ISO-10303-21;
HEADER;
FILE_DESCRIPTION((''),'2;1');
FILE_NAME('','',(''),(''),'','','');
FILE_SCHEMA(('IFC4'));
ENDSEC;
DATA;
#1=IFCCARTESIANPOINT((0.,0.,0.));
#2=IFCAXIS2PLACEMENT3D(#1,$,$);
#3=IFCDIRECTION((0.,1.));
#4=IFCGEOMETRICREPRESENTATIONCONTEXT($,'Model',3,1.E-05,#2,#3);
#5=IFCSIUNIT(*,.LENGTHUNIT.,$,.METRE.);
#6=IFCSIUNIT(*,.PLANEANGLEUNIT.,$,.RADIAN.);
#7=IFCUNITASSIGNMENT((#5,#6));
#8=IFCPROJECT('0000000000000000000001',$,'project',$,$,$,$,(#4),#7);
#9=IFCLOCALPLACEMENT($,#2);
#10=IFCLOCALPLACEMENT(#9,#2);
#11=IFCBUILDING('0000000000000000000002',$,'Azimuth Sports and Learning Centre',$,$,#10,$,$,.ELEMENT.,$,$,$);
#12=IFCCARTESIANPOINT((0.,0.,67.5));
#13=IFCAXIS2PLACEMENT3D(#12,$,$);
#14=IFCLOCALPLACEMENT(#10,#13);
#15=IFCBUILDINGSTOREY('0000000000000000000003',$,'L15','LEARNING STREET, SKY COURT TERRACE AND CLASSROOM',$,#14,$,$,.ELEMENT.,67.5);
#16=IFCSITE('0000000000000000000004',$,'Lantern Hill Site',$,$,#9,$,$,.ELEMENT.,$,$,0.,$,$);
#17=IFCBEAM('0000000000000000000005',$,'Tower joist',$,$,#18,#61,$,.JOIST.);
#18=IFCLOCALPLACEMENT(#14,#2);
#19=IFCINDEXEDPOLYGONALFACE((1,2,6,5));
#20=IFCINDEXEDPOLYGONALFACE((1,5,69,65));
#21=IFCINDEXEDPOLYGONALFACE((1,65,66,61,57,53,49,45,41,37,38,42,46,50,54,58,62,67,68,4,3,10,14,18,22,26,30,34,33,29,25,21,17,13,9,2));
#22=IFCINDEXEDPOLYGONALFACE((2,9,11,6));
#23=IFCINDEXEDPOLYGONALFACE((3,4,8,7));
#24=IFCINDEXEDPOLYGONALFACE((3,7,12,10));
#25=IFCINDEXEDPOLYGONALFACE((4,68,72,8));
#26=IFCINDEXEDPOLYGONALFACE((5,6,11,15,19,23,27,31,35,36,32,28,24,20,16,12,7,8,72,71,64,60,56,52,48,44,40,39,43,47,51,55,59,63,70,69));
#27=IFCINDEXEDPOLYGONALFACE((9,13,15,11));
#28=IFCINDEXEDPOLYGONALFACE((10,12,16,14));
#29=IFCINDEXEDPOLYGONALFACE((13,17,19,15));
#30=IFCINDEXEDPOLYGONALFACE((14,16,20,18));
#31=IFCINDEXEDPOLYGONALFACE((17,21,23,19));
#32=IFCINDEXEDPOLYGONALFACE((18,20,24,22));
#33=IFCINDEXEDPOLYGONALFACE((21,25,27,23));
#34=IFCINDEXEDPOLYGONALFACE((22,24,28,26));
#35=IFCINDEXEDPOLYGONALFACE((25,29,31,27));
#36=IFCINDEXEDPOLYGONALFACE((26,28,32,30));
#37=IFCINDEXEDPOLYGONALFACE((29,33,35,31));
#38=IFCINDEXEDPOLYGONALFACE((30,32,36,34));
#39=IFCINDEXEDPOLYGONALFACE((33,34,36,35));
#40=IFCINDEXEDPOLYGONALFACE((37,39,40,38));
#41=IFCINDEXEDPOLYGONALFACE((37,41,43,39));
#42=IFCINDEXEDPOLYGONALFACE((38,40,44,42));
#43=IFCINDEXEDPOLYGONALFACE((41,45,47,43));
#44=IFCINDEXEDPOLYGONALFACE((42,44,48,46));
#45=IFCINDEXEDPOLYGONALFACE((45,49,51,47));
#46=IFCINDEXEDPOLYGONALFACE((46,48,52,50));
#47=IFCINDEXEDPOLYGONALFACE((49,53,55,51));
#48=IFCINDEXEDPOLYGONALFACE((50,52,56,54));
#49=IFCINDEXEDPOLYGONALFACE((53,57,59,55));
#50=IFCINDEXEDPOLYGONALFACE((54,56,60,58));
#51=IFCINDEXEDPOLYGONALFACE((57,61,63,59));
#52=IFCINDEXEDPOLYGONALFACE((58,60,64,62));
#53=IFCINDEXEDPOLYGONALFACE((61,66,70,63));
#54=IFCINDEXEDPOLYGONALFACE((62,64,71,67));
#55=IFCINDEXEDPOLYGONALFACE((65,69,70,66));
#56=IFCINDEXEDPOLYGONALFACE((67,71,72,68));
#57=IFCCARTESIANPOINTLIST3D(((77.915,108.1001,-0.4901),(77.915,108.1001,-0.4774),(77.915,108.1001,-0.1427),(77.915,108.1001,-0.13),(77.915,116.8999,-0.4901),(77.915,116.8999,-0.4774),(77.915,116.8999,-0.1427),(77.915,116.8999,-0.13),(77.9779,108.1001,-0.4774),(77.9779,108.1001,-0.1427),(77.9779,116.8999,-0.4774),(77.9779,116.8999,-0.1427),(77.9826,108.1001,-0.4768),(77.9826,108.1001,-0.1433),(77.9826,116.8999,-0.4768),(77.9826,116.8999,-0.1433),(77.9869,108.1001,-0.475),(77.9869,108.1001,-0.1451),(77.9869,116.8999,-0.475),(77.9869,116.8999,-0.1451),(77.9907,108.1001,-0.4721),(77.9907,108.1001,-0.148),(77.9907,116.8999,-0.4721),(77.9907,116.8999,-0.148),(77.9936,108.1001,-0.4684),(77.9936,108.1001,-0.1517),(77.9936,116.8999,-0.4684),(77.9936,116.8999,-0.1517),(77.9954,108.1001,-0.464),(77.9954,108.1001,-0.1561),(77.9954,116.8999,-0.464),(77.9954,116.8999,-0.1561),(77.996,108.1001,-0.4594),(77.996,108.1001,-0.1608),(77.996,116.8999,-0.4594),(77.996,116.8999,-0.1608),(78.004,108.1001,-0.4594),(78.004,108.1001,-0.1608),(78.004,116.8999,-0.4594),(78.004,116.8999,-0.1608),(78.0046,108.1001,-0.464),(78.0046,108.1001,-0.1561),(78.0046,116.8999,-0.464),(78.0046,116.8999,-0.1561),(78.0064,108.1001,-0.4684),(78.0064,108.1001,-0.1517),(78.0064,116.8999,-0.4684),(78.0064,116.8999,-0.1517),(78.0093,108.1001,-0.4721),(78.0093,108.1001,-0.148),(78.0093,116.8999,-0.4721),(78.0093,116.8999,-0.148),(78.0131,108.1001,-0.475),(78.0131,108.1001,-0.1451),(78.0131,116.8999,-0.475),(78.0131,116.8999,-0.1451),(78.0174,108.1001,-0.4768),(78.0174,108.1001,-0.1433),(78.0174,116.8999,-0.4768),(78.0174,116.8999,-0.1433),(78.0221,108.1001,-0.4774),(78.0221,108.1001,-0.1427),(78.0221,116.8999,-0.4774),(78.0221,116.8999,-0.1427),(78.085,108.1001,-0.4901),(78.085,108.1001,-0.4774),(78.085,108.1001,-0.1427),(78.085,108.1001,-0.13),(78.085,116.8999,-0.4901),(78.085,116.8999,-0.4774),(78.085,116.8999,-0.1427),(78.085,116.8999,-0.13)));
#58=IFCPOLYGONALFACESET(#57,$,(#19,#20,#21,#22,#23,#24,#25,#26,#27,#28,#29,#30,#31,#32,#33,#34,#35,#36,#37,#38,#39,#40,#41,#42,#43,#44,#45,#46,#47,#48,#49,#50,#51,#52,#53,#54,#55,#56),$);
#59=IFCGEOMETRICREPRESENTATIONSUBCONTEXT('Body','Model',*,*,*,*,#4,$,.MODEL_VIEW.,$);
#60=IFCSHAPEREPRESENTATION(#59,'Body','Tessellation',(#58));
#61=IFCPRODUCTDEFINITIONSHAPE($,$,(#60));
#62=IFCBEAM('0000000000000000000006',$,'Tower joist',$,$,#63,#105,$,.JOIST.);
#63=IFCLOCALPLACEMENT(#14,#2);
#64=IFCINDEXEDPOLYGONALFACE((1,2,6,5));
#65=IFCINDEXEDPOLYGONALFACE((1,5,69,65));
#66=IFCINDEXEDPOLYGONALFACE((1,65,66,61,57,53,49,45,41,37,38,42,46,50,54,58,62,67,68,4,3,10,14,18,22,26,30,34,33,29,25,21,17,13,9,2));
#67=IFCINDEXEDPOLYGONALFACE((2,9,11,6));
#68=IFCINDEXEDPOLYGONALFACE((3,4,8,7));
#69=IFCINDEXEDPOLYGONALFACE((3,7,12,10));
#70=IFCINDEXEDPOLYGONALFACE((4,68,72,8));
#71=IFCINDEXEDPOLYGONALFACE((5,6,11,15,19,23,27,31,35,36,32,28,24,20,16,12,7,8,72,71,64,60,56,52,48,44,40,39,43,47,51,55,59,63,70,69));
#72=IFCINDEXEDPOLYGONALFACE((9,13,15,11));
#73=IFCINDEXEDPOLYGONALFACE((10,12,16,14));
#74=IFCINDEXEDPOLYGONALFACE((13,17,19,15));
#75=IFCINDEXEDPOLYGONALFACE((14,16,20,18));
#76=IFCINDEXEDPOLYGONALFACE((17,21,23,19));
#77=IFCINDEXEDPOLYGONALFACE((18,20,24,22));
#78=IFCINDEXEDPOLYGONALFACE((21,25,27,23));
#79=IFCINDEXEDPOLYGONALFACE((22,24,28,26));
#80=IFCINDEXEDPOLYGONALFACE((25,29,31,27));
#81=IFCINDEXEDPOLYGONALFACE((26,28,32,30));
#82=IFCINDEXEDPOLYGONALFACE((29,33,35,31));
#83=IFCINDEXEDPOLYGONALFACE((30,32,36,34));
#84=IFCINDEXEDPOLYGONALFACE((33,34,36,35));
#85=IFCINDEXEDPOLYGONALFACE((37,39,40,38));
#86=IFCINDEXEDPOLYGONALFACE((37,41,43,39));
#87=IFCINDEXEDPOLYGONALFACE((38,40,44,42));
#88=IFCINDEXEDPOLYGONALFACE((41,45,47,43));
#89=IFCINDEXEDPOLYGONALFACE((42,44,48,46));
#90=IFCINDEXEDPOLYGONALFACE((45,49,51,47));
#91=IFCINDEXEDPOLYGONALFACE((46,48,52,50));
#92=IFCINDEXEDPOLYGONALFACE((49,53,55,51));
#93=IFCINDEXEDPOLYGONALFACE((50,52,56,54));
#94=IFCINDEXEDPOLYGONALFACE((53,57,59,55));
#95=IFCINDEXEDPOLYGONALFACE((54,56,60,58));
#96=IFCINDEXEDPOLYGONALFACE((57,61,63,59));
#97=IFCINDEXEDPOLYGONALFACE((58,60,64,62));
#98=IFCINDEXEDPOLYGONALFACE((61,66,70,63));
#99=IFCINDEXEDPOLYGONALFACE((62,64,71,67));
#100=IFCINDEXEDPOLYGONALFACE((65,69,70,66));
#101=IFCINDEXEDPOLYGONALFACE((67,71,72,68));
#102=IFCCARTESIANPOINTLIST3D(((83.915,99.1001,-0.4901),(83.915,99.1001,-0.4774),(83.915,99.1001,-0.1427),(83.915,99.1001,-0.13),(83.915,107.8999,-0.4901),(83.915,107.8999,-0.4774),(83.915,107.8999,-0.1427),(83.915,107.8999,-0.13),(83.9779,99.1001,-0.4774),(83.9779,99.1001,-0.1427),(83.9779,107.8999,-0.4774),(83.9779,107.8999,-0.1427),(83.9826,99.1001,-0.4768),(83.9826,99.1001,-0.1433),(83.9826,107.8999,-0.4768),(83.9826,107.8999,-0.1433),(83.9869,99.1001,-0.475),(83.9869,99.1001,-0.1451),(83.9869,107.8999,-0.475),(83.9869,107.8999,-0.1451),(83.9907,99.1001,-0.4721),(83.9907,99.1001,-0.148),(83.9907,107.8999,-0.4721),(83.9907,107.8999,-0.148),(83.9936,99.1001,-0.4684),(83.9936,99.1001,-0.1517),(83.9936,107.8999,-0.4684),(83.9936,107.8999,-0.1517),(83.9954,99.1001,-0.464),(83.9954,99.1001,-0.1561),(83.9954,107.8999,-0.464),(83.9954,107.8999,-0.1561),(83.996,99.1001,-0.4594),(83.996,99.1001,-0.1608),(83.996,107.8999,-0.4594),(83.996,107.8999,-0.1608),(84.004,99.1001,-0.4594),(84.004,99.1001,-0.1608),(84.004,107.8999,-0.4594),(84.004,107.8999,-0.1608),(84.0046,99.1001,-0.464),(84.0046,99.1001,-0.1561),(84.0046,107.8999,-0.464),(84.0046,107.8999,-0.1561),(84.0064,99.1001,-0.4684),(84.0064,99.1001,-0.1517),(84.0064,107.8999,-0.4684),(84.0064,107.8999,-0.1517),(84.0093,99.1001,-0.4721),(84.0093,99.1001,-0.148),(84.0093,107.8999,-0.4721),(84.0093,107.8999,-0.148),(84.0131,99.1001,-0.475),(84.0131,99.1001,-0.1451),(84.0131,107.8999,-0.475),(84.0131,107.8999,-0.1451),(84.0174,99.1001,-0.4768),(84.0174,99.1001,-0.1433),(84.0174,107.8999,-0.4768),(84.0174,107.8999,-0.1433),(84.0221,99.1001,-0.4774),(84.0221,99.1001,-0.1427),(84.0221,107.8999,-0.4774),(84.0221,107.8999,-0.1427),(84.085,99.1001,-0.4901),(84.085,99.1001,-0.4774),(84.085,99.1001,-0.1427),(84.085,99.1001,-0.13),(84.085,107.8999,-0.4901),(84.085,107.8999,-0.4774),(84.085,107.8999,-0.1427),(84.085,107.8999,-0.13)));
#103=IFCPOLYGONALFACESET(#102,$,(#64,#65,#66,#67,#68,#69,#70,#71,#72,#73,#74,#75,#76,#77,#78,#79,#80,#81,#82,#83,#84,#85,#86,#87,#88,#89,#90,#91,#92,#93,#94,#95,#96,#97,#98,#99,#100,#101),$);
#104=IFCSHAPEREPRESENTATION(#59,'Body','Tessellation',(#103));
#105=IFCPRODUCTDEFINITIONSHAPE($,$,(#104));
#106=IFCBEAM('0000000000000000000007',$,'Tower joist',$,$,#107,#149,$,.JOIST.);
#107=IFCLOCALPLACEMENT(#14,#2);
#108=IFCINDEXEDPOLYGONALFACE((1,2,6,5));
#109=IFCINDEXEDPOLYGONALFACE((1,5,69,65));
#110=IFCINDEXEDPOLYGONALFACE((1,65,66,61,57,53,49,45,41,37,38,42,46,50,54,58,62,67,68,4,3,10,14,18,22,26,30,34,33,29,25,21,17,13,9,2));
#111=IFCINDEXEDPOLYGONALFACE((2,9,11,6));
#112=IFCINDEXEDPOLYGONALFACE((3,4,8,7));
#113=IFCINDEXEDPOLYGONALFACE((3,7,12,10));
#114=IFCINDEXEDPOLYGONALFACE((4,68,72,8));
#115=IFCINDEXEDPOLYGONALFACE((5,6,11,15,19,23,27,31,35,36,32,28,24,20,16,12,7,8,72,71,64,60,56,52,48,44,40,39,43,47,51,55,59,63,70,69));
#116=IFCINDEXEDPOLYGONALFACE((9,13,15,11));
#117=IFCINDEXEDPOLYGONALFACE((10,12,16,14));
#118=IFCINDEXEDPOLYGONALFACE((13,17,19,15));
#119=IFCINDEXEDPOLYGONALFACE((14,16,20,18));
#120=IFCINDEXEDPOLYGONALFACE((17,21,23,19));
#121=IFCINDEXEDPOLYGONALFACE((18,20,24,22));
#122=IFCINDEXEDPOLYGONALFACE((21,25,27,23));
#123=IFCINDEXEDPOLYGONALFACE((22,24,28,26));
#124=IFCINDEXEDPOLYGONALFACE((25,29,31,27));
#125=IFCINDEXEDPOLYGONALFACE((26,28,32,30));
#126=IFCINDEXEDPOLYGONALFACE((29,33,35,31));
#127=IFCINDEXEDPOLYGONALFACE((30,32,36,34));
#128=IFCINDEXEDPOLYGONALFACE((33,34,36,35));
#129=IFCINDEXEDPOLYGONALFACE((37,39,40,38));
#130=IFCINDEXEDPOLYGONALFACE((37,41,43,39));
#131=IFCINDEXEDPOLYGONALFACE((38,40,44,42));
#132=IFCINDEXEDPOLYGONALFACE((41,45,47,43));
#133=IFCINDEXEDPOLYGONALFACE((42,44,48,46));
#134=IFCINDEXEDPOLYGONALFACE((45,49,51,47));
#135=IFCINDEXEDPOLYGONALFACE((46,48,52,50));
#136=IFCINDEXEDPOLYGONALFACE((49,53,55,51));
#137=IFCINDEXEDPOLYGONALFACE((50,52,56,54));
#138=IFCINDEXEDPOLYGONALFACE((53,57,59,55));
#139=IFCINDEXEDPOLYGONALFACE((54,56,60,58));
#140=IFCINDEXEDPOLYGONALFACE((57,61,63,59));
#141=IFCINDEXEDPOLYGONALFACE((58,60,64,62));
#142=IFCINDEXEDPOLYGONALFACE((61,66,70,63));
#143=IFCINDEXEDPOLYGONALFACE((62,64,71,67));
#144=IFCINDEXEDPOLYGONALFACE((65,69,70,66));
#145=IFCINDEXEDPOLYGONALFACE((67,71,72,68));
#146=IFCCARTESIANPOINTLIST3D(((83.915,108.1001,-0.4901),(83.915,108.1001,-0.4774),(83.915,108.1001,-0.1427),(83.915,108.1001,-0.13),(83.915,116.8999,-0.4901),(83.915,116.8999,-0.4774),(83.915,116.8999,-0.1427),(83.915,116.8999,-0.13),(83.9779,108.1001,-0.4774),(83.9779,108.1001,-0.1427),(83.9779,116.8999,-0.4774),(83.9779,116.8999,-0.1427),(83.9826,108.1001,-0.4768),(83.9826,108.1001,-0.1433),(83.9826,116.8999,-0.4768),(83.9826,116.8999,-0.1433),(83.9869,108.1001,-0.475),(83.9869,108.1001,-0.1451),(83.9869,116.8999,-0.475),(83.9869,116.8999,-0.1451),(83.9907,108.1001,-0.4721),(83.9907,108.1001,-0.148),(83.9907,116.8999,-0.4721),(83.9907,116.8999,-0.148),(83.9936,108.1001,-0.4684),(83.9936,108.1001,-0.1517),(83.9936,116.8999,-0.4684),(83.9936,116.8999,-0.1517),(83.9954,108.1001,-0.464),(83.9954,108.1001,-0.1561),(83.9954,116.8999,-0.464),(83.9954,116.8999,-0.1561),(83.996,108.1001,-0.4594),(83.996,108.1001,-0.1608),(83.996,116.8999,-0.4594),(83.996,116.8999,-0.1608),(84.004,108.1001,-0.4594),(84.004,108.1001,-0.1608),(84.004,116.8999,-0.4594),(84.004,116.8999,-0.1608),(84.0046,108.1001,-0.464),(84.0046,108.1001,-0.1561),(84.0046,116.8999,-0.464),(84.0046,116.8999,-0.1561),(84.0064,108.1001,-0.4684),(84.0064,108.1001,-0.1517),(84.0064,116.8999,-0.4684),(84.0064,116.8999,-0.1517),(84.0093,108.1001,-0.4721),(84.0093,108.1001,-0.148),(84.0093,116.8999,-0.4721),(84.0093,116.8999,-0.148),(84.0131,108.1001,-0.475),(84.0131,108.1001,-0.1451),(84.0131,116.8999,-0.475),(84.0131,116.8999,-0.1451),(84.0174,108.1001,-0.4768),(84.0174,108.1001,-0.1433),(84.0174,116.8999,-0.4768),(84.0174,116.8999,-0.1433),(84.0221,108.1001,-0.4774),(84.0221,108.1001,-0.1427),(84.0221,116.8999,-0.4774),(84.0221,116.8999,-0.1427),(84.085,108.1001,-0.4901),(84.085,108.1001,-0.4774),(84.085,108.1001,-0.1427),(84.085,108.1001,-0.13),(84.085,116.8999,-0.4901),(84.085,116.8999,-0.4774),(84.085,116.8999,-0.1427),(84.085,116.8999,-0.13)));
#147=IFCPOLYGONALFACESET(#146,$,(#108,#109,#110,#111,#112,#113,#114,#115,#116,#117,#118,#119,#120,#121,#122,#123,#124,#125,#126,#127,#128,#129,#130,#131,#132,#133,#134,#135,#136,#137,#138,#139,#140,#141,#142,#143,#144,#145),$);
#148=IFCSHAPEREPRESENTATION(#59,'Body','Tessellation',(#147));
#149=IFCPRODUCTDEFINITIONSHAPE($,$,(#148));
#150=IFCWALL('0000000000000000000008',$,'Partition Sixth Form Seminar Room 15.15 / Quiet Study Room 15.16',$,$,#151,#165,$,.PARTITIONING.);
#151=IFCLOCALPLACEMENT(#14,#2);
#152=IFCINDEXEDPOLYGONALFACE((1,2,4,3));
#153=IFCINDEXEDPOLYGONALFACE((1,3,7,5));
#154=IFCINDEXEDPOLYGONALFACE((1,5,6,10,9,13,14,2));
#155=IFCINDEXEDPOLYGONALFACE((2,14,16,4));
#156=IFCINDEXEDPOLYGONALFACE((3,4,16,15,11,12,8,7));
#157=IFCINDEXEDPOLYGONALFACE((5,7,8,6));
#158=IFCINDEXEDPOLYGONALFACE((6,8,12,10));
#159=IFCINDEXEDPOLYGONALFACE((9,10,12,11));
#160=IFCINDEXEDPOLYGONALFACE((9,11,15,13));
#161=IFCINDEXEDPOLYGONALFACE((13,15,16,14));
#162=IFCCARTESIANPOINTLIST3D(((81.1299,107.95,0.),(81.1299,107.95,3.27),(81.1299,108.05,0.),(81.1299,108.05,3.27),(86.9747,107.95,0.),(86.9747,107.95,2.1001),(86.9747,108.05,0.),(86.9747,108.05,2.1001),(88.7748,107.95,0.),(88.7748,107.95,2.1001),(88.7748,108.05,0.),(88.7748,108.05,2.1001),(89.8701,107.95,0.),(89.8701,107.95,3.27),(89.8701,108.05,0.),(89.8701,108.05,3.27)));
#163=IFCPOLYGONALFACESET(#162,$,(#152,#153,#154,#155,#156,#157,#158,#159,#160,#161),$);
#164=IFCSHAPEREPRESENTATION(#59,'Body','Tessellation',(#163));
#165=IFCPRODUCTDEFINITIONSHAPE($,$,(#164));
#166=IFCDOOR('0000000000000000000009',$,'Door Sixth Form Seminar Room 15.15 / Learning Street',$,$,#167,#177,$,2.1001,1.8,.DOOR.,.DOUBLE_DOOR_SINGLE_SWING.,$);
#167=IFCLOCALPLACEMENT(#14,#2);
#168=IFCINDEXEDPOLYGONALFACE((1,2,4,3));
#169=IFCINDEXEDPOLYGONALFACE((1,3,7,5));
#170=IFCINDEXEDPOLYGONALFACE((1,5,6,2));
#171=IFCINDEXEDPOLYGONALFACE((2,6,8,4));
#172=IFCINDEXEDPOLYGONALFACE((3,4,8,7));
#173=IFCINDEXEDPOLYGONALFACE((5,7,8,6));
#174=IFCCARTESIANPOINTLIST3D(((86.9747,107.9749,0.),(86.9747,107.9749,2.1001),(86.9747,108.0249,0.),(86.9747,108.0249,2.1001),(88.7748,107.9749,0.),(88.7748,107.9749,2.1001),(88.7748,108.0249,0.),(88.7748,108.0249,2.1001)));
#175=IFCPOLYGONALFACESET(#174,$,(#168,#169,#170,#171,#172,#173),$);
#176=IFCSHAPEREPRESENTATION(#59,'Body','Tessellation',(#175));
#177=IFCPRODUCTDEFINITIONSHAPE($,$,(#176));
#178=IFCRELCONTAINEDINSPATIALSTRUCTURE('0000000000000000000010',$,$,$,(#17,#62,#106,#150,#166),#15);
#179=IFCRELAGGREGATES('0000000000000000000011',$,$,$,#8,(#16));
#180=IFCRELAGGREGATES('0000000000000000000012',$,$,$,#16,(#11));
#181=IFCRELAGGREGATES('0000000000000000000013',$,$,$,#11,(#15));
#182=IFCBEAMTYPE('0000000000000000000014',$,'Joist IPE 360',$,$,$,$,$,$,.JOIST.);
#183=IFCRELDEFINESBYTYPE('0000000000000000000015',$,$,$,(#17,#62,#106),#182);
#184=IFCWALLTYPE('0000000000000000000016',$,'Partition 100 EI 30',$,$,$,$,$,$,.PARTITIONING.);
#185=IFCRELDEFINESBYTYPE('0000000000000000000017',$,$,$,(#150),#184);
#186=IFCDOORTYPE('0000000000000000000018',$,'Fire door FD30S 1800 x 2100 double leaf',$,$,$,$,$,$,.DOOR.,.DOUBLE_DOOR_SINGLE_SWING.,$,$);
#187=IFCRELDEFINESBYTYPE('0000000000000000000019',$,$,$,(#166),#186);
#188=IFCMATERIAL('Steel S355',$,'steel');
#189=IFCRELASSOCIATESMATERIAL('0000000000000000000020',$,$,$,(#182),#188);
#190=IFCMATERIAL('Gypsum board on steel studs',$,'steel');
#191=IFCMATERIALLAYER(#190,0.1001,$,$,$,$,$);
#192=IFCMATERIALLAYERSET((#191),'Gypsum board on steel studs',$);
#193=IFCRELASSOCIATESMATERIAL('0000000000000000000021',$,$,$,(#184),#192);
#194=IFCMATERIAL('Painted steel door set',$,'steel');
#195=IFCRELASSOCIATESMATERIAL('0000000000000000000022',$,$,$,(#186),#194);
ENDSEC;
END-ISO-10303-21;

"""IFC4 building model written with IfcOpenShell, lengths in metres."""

from ifc_helpers import new_model, si_unit, direction, frame, frame_2d, origin, origin_2d, place, context, subcontext, project, spatial, rectangle, i_section, extrude, material, layer, layer_set, material_profile, profile_set, type_object, element, fill, save


model = new_model("IFC4")

# Units and contexts
model_context = context("Model", 3, precision=1e-05, world=origin(), true_north=direction((0.0, 1.0)))
body_context = subcontext(model_context, "Body", "Model", "MODEL_VIEW")
ifc_project = project(units=[si_unit("LENGTHUNIT", "METRE"), si_unit("PLANEANGLEUNIT", "RADIAN")], contexts=[model_context])

# Site, building, storey
site_placement = place(None, origin())
site = spatial("IfcSite", under=ifc_project, at=site_placement, Name="Lantern Hill Site", CompositionType="ELEMENT", RefElevation=0.0)
building_placement = place(site_placement, origin())
building = spatial("IfcBuilding", under=site, at=building_placement, Name="Azimuth Sports and Learning Centre", CompositionType="ELEMENT")
storey_placement = place(building_placement, frame((0.0, 0.0, 67.5)))
storey = spatial("IfcBuildingStorey", under=building, at=storey_placement, Name="L15", Description="LEARNING STREET, SKY COURT TERRACE AND CLASSROOM", CompositionType="ELEMENT", Elevation=67.5)

# Beams
ifc_material_1 = material(Name="Steel S355", Category="steel")
ifc_material_profile_1 = material_profile(ifc_material_1, i_section(OverallWidth=0.1699, OverallDepth=0.3601, WebThickness=0.0081, FlangeThickness=0.0127, FilletRadius=0.0181, at=origin_2d()), Name="IPE 360")
ifc_profile_set_1 = profile_set([ifc_material_profile_1], Name="Steel S355")
beam_type_1 = type_object("IfcBeamType", Name="Joist IPE 360", PredefinedType="JOIST", material=ifc_profile_set_1)
for number, where, z_axis, x_axis, name in (
    (1, (78.0, 108.1001, -0.3101), (0.0, 1.0, 0.0), (-1.0, 0.0, 0.0), "Tower joist"),
    (2, (84.0, 99.1001, -0.3101), (0.0, 1.0, 0.0), (-1.0, 0.0, 0.0), "Tower joist"),
    (3, (84.0, 108.1001, -0.3101), (0.0, 1.0, 0.0), (-1.0, 0.0, 0.0), "Tower joist"),
):
    element("IfcBeam", number, at=place(storey_placement, frame(where, z_axis=z_axis, x_axis=x_axis)), inside=storey, type_object=beam_type_1, Name=name, PredefinedType="JOIST", context=body_context, shape_type="SweptSolid", body=[
        extrude(i_section(OverallWidth=0.1699, OverallDepth=0.3601, WebThickness=0.0081, FlangeThickness=0.0127, FilletRadius=0.0181, at=origin_2d()), origin(), (0.0, 0.0, 1.0), 8.7998),
    ])

# Wall, opening, door
ifc_material_2 = material(Name="Gypsum board on steel studs", Category="steel")
ifc_layer_1 = layer(ifc_material_2, 0.1001)
ifc_layer_set_1 = layer_set([ifc_layer_1], Name="Gypsum board on steel studs")
wall_type_1 = type_object("IfcWallType", Name="Partition 100 EI 30", PredefinedType="PARTITIONING", material=ifc_layer_set_1)
wall_1_placement = place(storey_placement, frame((81.1299, 108.0, 0.0), z_axis=(0.0, 0.0, 1.0), x_axis=(1.0, 0.0, 0.0)))
wall_1 = element("IfcWall", 4, at=wall_1_placement, inside=storey, type_object=wall_type_1, Name="Partition Sixth Form Seminar Room 15.15 / Quiet Study Room 15.16", PredefinedType="PARTITIONING", context=body_context, shape_type="SweptSolid", body=[
    extrude(rectangle(XDim=8.7402, YDim=0.1001, at=frame_2d((4.3701, 0.0))), origin(), (0.0, 0.0, 1.0), 3.27),
])
opening_1_placement = place(wall_1_placement, frame((5.845, 0.0, 0.0)))
opening_1 = element("IfcOpeningElement", 5, at=opening_1_placement, cuts=wall_1, PredefinedType="OPENING", context=body_context, shape_type="SweptSolid", body=[
    extrude(rectangle(XDim=1.8, YDim=2.1001, at=frame_2d((0.8999, 1.05))), frame((0.0, 0.061, 0.0), z_axis=(0.0, -1.0, 0.0), x_axis=(1.0, 0.0, 0.0)), (0.0, 0.0, 1.0), 0.1221),
])
ifc_material_3 = material(Name="Painted steel door set", Category="steel")
door_type_1 = type_object("IfcDoorType", Name="Fire door FD30S 1800 x 2100 double leaf", OperationType="DOUBLE_DOOR_SINGLE_SWING", PredefinedType="DOOR", material=ifc_material_3)
door_1_placement = place(opening_1_placement, origin())
door_1 = element("IfcDoor", 6, at=door_1_placement, inside=storey, type_object=door_type_1, Name="Door Sixth Form Seminar Room 15.15 / Learning Street", OperationType="DOUBLE_DOOR_SINGLE_SWING", OverallHeight=2.1001, OverallWidth=1.8, PredefinedType="DOOR", context=body_context, shape_type="SweptSolid", body=[
    extrude(rectangle(XDim=1.8, YDim=2.1001, at=frame_2d((0.8999, 1.05))), frame((0.0, 0.0249, 0.0), z_axis=(0.0, -1.0, 0.0), x_axis=(1.0, 0.0, 0.0)), (0.0, 0.0, 1.0), 0.05),
])
fill(opening_1, door_1)

save(model, "model.ifc")
